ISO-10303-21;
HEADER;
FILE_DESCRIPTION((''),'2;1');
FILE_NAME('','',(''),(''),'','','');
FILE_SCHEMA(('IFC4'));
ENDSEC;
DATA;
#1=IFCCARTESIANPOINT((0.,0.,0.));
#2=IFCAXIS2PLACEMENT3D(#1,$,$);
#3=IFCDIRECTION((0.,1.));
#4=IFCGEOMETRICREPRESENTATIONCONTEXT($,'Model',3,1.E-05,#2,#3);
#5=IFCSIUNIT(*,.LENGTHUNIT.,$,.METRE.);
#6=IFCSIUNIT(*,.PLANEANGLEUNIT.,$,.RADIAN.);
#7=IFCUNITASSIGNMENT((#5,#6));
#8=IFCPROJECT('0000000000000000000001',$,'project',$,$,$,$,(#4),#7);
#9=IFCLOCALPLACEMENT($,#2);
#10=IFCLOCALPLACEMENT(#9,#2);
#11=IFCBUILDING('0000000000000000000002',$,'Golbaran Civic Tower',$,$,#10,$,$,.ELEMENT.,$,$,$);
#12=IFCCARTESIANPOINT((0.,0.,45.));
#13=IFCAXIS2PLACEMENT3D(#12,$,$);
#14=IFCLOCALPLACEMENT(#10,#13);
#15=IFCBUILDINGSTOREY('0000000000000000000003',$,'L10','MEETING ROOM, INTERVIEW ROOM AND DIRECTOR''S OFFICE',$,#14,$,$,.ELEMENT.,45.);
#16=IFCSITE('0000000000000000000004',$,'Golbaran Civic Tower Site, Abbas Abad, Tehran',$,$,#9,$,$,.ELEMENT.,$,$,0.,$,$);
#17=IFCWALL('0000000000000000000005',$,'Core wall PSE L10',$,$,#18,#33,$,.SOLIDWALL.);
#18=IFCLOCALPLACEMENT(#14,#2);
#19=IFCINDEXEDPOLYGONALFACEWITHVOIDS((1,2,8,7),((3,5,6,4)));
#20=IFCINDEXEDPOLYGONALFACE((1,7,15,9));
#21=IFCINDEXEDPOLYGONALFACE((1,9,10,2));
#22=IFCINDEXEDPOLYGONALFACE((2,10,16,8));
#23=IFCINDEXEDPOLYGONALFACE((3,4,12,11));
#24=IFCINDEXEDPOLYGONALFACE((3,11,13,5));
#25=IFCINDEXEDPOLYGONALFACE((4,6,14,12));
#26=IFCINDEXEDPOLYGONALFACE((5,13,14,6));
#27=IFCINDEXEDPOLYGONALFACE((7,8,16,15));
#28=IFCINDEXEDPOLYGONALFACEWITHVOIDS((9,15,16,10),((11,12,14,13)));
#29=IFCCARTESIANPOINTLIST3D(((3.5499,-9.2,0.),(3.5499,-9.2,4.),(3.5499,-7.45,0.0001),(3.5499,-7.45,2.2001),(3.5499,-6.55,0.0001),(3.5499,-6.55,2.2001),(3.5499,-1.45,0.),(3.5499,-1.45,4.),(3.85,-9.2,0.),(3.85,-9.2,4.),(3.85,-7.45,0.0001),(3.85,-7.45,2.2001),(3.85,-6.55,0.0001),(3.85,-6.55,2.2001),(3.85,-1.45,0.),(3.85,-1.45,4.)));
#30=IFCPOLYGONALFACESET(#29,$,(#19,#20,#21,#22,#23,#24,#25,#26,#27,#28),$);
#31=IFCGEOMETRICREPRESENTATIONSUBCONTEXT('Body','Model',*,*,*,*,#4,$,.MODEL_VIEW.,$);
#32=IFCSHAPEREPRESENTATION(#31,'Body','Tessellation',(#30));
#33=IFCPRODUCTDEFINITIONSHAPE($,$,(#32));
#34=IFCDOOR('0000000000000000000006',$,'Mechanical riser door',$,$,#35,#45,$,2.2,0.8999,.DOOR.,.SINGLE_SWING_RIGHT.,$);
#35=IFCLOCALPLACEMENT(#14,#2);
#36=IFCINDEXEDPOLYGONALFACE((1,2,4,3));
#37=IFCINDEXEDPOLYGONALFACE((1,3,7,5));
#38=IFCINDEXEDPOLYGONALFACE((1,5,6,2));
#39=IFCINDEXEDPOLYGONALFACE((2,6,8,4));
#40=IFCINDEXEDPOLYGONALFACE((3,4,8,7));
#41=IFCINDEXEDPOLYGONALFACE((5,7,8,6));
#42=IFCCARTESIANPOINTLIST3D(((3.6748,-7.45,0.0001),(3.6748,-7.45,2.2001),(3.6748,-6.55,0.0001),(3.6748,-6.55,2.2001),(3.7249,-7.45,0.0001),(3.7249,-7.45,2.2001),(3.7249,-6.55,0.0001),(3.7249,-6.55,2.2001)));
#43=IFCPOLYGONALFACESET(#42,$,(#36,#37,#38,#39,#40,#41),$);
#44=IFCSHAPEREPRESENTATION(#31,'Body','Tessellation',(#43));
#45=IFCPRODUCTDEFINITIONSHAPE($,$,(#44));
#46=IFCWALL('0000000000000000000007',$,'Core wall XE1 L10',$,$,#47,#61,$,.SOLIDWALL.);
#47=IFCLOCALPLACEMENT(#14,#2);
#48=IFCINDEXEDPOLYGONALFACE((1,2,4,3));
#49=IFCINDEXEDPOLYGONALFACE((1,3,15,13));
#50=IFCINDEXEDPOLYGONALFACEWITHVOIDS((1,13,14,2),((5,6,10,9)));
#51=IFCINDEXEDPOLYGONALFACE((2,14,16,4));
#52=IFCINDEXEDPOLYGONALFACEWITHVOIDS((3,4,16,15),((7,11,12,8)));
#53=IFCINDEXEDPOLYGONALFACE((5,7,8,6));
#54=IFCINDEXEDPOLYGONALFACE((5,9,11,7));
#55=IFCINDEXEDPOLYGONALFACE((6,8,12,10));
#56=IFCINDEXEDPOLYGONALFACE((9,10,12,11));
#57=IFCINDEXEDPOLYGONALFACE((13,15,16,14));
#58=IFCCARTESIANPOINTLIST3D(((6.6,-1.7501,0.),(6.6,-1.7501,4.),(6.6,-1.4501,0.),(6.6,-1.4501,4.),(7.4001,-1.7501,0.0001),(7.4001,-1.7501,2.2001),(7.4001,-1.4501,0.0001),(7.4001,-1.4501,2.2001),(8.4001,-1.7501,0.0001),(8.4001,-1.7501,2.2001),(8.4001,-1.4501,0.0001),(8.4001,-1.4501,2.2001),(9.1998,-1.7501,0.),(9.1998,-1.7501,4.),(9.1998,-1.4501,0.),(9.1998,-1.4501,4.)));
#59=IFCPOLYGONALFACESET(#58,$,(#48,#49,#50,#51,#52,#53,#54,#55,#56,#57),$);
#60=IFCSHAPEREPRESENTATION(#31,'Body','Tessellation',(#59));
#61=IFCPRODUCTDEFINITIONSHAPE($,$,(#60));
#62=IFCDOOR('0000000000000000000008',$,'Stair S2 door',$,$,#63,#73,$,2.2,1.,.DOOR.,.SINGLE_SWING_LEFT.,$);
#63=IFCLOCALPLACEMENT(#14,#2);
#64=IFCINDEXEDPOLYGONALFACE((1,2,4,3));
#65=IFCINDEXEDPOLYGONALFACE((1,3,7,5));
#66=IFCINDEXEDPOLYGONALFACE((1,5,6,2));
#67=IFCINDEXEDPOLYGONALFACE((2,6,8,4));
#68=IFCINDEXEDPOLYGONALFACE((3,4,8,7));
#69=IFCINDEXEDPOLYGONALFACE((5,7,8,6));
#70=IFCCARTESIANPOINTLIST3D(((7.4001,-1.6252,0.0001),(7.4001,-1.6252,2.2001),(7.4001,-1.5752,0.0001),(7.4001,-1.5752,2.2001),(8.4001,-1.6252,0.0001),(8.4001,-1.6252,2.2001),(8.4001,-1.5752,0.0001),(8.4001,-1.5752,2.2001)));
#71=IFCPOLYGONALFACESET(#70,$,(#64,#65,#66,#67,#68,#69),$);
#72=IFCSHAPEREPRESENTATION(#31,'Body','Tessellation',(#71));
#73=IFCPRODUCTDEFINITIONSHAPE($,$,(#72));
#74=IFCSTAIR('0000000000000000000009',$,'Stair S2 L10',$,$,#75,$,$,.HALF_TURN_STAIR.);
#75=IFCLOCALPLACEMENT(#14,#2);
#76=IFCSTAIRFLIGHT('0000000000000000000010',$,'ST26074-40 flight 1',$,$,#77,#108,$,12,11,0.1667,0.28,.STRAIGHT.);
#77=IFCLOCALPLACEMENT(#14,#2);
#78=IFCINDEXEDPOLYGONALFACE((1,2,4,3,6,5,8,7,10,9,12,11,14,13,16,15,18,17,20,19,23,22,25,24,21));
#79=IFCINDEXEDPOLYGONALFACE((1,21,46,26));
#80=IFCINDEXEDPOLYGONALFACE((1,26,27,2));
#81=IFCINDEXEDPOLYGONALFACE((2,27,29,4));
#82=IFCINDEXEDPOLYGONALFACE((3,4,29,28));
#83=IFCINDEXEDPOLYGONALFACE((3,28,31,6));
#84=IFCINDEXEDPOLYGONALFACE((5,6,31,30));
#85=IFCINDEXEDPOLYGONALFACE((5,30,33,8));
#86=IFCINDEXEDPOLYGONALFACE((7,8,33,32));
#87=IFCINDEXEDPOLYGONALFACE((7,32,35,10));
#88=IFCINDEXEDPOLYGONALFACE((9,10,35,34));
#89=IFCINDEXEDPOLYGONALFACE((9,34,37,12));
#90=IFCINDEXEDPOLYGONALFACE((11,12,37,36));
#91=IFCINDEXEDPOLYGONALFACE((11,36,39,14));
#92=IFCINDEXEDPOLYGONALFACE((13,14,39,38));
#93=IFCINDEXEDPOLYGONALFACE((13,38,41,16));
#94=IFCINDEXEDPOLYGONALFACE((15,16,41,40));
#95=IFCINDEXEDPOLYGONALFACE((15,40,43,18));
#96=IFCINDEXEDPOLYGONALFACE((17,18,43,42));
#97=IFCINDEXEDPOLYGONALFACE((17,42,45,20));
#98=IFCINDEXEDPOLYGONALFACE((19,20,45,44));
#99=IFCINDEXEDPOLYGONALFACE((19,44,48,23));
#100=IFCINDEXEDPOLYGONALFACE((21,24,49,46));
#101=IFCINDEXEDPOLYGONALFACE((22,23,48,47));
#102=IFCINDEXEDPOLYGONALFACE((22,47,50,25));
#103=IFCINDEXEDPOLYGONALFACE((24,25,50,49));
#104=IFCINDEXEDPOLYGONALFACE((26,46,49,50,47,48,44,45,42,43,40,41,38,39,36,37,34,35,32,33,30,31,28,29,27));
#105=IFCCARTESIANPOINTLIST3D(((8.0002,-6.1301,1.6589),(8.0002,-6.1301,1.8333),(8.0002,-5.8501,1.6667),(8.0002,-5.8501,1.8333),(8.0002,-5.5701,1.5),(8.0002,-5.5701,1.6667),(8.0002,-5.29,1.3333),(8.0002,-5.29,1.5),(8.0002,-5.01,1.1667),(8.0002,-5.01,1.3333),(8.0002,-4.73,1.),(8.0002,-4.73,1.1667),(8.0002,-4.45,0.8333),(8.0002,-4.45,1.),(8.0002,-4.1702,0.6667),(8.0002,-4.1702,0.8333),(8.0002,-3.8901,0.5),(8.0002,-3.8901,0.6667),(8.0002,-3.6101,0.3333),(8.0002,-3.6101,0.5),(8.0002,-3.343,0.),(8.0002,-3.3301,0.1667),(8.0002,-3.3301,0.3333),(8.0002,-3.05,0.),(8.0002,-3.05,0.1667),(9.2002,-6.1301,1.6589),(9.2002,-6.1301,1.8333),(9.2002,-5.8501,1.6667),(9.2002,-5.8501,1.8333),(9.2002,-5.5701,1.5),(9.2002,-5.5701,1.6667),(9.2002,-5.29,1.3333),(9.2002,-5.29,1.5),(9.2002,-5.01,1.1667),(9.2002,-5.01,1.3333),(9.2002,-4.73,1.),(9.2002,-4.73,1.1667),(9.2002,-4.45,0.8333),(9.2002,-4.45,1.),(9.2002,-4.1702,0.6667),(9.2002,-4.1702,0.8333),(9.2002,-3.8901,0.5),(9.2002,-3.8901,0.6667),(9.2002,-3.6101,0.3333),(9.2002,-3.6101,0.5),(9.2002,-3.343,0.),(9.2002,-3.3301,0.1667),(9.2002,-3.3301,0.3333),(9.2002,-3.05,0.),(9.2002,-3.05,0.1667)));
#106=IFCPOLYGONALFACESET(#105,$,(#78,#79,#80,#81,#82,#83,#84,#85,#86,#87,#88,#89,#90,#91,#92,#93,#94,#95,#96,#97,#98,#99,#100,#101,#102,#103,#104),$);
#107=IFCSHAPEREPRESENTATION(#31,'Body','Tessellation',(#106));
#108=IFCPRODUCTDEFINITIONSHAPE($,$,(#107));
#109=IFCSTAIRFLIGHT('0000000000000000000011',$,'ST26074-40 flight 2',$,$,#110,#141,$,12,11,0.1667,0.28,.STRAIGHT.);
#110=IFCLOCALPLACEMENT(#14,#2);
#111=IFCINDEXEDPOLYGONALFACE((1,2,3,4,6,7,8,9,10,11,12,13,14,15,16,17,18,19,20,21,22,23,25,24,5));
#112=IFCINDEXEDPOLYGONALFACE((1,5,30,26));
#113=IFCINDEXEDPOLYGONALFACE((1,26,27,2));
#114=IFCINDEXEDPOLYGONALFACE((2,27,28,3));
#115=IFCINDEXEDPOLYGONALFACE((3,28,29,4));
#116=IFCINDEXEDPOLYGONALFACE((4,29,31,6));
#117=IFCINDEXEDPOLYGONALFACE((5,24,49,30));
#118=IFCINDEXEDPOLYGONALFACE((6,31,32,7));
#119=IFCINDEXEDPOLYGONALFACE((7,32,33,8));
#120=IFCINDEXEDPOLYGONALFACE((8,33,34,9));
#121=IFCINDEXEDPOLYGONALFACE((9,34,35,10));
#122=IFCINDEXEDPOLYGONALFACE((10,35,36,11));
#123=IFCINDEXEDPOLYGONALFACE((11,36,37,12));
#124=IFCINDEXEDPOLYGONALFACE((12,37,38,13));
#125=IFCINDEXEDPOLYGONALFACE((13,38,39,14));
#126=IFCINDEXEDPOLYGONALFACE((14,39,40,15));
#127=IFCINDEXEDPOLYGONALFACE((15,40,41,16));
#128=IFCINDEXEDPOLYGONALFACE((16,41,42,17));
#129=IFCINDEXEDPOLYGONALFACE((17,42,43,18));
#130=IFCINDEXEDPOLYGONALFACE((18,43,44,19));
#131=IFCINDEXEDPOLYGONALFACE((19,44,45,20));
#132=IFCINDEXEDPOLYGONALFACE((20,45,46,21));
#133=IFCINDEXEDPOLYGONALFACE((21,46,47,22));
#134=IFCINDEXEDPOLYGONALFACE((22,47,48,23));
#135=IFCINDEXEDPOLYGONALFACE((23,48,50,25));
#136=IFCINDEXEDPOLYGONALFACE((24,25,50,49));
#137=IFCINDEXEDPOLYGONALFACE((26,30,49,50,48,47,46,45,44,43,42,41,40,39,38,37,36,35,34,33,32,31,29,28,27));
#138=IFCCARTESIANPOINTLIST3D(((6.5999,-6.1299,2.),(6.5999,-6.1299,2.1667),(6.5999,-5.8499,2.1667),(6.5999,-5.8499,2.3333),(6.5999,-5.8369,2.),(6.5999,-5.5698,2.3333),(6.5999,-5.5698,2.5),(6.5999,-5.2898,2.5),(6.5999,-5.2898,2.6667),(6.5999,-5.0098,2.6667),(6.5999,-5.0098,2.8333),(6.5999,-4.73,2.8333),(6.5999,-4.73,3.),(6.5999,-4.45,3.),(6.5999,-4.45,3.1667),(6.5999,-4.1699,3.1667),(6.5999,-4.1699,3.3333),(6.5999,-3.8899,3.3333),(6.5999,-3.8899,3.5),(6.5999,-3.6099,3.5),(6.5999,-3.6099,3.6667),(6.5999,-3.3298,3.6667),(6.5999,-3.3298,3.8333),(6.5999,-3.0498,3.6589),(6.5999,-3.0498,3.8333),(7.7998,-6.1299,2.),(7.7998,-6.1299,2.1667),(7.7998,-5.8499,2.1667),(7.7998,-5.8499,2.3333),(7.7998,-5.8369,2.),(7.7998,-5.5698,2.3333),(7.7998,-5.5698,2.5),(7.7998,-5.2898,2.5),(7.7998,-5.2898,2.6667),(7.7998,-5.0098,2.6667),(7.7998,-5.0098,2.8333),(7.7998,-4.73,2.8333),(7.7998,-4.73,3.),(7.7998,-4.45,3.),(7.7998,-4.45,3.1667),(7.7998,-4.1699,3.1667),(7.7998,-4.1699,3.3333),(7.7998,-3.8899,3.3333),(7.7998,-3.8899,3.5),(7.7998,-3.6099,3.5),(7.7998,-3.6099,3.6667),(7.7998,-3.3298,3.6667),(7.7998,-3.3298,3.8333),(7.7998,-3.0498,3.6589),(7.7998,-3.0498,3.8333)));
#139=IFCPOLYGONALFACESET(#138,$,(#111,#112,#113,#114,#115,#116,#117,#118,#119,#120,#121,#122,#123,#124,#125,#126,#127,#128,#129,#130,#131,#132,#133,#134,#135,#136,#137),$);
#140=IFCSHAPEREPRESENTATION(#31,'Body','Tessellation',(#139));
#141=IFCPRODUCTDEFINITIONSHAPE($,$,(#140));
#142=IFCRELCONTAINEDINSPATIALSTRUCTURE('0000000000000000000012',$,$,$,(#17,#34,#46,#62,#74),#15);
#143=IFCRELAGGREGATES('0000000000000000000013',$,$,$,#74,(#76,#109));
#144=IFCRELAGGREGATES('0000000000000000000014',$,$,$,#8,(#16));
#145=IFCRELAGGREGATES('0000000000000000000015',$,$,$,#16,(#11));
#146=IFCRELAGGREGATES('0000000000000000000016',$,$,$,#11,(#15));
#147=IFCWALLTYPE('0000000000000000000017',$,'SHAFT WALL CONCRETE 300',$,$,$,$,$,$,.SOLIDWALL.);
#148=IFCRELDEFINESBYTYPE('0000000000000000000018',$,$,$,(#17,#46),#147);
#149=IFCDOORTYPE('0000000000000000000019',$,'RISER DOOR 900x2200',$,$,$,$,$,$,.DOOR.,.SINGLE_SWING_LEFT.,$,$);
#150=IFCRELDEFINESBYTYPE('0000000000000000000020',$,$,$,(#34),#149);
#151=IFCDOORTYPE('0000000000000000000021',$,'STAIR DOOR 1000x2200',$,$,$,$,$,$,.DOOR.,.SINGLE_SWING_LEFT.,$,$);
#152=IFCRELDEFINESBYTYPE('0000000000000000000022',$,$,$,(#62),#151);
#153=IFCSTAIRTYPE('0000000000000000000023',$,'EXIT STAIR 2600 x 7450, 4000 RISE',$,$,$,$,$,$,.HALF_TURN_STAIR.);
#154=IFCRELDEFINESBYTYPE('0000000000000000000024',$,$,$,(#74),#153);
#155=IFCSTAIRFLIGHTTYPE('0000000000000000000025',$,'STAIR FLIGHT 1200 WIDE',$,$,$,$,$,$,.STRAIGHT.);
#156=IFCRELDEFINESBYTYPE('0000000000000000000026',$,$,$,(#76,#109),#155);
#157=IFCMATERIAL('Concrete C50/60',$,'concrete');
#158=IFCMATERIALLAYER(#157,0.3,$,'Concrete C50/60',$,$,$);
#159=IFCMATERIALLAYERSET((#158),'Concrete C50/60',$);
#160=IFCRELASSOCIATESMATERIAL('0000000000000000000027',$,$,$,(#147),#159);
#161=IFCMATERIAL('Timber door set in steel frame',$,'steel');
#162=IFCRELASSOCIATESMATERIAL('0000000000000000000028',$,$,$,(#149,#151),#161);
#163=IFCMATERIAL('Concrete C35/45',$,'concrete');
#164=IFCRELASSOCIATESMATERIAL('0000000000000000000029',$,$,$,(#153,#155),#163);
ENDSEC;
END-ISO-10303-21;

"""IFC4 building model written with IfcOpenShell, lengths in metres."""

from ifc_helpers import new_model, si_unit, direction, frame, frame_2d, origin, place, context, subcontext, project, spatial, polyline, rectangle, outline, extrude, material, layer, layer_set, type_object, element, fill, aggregate, save


model = new_model("IFC4")

# Units and contexts
model_context = context("Model", 3, precision=1e-05, world=origin(), true_north=direction((0.0, 1.0)))
body_context = subcontext(model_context, "Body", "Model", "MODEL_VIEW")
ifc_project = project(units=[si_unit("LENGTHUNIT", "METRE"), si_unit("PLANEANGLEUNIT", "RADIAN")], contexts=[model_context])

# Site, building, storey
site_placement = place(None, origin())
site = spatial("IfcSite", under=ifc_project, at=site_placement, Name="Golbaran Civic Tower Site, Abbas Abad, Tehran", CompositionType="ELEMENT", RefElevation=0.0)
building_placement = place(site_placement, origin())
building = spatial("IfcBuilding", under=site, at=building_placement, Name="Golbaran Civic Tower", CompositionType="ELEMENT")
storey_placement = place(building_placement, frame((0.0, 0.0, 45.0)))
storey = spatial("IfcBuildingStorey", under=building, at=storey_placement, Name="L10", Description="MEETING ROOM, INTERVIEW ROOM AND DIRECTOR'S OFFICE", CompositionType="ELEMENT", Elevation=45.0)

# Shared definitions
ifc_material_1 = material(Name="Concrete C50/60", Category="concrete")
ifc_material_2 = material(Name="Timber door set in steel frame", Category="steel")

# Shared definitions
ifc_layer_1 = layer(ifc_material_1, 0.3, Name="Concrete C50/60")
ifc_layer_set_1 = layer_set([ifc_layer_1], Name="Concrete C50/60")
wall_type_1 = type_object("IfcWallType", Name="SHAFT WALL CONCRETE 300", PredefinedType="SOLIDWALL", material=ifc_layer_set_1)

# Shared definitions
door_type_1 = type_object("IfcDoorType", Name="RISER DOOR 900x2200", OperationType="SINGLE_SWING_LEFT", PredefinedType="DOOR", material=ifc_material_2)
door_type_2 = type_object("IfcDoorType", Name="STAIR DOOR 1000x2200", OperationType="SINGLE_SWING_LEFT", PredefinedType="DOOR", material=ifc_material_2)

# Walls, openings, doors
wall_1_placement = place(storey_placement, frame((3.7, -1.45, 0.0), z_axis=(0.0, 0.0, 1.0), x_axis=(0.0, -1.0, 0.0)))
wall_1 = element("IfcWall", 1, at=wall_1_placement, inside=storey, type_object=wall_type_1, Name="Core wall PSE L10", PredefinedType="SOLIDWALL", context=body_context, shape_type="SweptSolid", body=[
    extrude(rectangle(XDim=7.75, YDim=0.3, at=frame_2d((3.875, 0.0))), origin(), (0.0, 0.0, 1.0), 4.0),
])
opening_1_placement = place(wall_1_placement, frame((5.1001, 0.0, 0.0)))
opening_1 = element("IfcOpeningElement", 2, at=opening_1_placement, cuts=wall_1, PredefinedType="OPENING", context=body_context, shape_type="SweptSolid", body=[
    extrude(rectangle(XDim=0.8999, YDim=2.2, at=frame_2d((0.45, 1.1001))), frame((0.0, 0.1599, 0.0), z_axis=(0.0, -1.0, 0.0), x_axis=(1.0, 0.0, 0.0)), (0.0, 0.0, 1.0), 0.3201),
])
door_1_placement = place(opening_1_placement, origin())
door_1 = element("IfcDoor", 3, at=door_1_placement, inside=storey, type_object=door_type_1, Name="Mechanical riser door", OperationType="SINGLE_SWING_RIGHT", OverallHeight=2.2, OverallWidth=0.8999, PredefinedType="DOOR", context=body_context, shape_type="SweptSolid", body=[
    extrude(rectangle(XDim=0.8999, YDim=2.2, at=frame_2d((0.45, 1.1001))), frame((0.0, 0.0249, 0.0), z_axis=(0.0, -1.0, 0.0), x_axis=(1.0, 0.0, 0.0)), (0.0, 0.0, 1.0), 0.05),
])
fill(opening_1, door_1)
wall_2_placement = place(storey_placement, frame((6.6001, -1.6001, 0.0), z_axis=(0.0, 0.0, 1.0), x_axis=(1.0, 0.0, 0.0)))
wall_2 = element("IfcWall", 4, at=wall_2_placement, inside=storey, type_object=wall_type_1, Name="Core wall XE1 L10", PredefinedType="SOLIDWALL", context=body_context, shape_type="SweptSolid", body=[
    extrude(rectangle(XDim=2.5999, YDim=0.3, at=frame_2d((1.2998, 0.0))), origin(), (0.0, 0.0, 1.0), 4.0),
])
opening_2_placement = place(wall_2_placement, frame((0.8, 0.0, 0.0)))
opening_2 = element("IfcOpeningElement", 5, at=opening_2_placement, cuts=wall_2, PredefinedType="OPENING", context=body_context, shape_type="SweptSolid", body=[
    extrude(rectangle(XDim=1.0, YDim=2.2, at=frame_2d((0.5, 1.1001))), frame((0.0, 0.1599, 0.0), z_axis=(0.0, -1.0, 0.0), x_axis=(1.0, 0.0, 0.0)), (0.0, 0.0, 1.0), 0.3201),
])
door_2_placement = place(opening_2_placement, origin())
door_2 = element("IfcDoor", 6, at=door_2_placement, inside=storey, type_object=door_type_2, Name="Stair S2 door", OperationType="SINGLE_SWING_LEFT", OverallHeight=2.2, OverallWidth=1.0, PredefinedType="DOOR", context=body_context, shape_type="SweptSolid", body=[
    extrude(rectangle(XDim=1.0, YDim=2.2, at=frame_2d((0.5, 1.1001))), frame((0.0, 0.0249, 0.0), z_axis=(0.0, -1.0, 0.0), x_axis=(1.0, 0.0, 0.0)), (0.0, 0.0, 1.0), 0.05),
])
fill(opening_2, door_2)

# Stair, stair flights
ifc_material_3 = material(Name="Concrete C35/45", Category="concrete")
stair_type = type_object("IfcStairType", Name="EXIT STAIR 2600 x 7450, 4000 RISE", PredefinedType="HALF_TURN_STAIR", material=ifc_material_3)
stair_placement = place(storey_placement, origin())
stair = element("IfcStair", 7, at=stair_placement, inside=storey, type_object=stair_type, Name="Stair S2 L10", PredefinedType="HALF_TURN_STAIR")
stair_flight_type = type_object("IfcStairFlightType", Name="STAIR FLIGHT 1200 WIDE", PredefinedType="STRAIGHT", material=ifc_material_3)
stair_flight_1_placement = place(storey_placement, frame((8.6001, -3.05, 0.0), z_axis=(0.0, 0.0, 1.0), x_axis=(0.0, -1.0, 0.0)))
stair_flight_1 = element("IfcStairFlight", 8, at=stair_flight_1_placement, type_object=stair_flight_type, Name="ST26074-40 flight 1", NumberOfRisers=12, NumberOfTreads=11, PredefinedType="STRAIGHT", RiserHeight=0.1667, TreadLength=0.28, context=body_context, shape_type="SweptSolid", body=[
    extrude(outline(polyline([(0.0, 0.0), (0.0, 0.1667), (0.28, 0.1667), (0.28, 0.3333), (0.5601, 0.3333), (0.5601, 0.5), (0.8401, 0.5), (0.8401, 0.6667), (1.1201, 0.6667), (1.1201, 0.8333), (1.3999, 0.8333), (1.3999, 1.0), (1.6799, 1.0), (1.6799, 1.1667), (1.96, 1.1667), (1.96, 1.3333), (2.24, 1.3333), (2.24, 1.5), (2.52, 1.5), (2.52, 1.6667), (2.8, 1.6667), (2.8, 1.8333), (3.0801, 1.8333), (3.0801, 2.0), (3.0801, 1.6589), (0.293, 0.0), (0.0, 0.0)])), frame((0.0, 0.6001, 0.0), z_axis=(0.0, -1.0, 0.0), x_axis=(1.0, 0.0, 0.0)), (0.0, 0.0, 1.0), 1.2),
])
stair_flight_2_placement = place(storey_placement, frame((7.2, -6.1299, 2.0), z_axis=(0.0, 0.0, 1.0), x_axis=(0.0, 1.0, 0.0)))
stair_flight_2 = element("IfcStairFlight", 9, at=stair_flight_2_placement, type_object=stair_flight_type, Name="ST26074-40 flight 2", NumberOfRisers=12, NumberOfTreads=11, PredefinedType="STRAIGHT", RiserHeight=0.1667, TreadLength=0.28, context=body_context, shape_type="SweptSolid", body=[
    extrude(outline(polyline([(0.0, 0.0), (0.0, 0.1667), (0.28, 0.1667), (0.28, 0.3333), (0.5601, 0.3333), (0.5601, 0.5), (0.8401, 0.5), (0.8401, 0.6667), (1.1201, 0.6667), (1.1201, 0.8333), (1.3999, 0.8333), (1.3999, 1.0), (1.6799, 1.0), (1.6799, 1.1667), (1.96, 1.1667), (1.96, 1.3333), (2.24, 1.3333), (2.24, 1.5), (2.52, 1.5), (2.52, 1.6667), (2.8, 1.6667), (2.8, 1.8333), (3.0801, 1.8333), (3.0801, 2.0), (3.0801, 1.6589), (0.293, 0.0), (0.0, 0.0)])), frame((0.0, 0.6001, 0.0), z_axis=(0.0, -1.0, 0.0), x_axis=(1.0, 0.0, 0.0)), (0.0, 0.0, 1.0), 1.2),
])
aggregate(stair, [stair_flight_1, stair_flight_2])

save(model, "model.ifc")
